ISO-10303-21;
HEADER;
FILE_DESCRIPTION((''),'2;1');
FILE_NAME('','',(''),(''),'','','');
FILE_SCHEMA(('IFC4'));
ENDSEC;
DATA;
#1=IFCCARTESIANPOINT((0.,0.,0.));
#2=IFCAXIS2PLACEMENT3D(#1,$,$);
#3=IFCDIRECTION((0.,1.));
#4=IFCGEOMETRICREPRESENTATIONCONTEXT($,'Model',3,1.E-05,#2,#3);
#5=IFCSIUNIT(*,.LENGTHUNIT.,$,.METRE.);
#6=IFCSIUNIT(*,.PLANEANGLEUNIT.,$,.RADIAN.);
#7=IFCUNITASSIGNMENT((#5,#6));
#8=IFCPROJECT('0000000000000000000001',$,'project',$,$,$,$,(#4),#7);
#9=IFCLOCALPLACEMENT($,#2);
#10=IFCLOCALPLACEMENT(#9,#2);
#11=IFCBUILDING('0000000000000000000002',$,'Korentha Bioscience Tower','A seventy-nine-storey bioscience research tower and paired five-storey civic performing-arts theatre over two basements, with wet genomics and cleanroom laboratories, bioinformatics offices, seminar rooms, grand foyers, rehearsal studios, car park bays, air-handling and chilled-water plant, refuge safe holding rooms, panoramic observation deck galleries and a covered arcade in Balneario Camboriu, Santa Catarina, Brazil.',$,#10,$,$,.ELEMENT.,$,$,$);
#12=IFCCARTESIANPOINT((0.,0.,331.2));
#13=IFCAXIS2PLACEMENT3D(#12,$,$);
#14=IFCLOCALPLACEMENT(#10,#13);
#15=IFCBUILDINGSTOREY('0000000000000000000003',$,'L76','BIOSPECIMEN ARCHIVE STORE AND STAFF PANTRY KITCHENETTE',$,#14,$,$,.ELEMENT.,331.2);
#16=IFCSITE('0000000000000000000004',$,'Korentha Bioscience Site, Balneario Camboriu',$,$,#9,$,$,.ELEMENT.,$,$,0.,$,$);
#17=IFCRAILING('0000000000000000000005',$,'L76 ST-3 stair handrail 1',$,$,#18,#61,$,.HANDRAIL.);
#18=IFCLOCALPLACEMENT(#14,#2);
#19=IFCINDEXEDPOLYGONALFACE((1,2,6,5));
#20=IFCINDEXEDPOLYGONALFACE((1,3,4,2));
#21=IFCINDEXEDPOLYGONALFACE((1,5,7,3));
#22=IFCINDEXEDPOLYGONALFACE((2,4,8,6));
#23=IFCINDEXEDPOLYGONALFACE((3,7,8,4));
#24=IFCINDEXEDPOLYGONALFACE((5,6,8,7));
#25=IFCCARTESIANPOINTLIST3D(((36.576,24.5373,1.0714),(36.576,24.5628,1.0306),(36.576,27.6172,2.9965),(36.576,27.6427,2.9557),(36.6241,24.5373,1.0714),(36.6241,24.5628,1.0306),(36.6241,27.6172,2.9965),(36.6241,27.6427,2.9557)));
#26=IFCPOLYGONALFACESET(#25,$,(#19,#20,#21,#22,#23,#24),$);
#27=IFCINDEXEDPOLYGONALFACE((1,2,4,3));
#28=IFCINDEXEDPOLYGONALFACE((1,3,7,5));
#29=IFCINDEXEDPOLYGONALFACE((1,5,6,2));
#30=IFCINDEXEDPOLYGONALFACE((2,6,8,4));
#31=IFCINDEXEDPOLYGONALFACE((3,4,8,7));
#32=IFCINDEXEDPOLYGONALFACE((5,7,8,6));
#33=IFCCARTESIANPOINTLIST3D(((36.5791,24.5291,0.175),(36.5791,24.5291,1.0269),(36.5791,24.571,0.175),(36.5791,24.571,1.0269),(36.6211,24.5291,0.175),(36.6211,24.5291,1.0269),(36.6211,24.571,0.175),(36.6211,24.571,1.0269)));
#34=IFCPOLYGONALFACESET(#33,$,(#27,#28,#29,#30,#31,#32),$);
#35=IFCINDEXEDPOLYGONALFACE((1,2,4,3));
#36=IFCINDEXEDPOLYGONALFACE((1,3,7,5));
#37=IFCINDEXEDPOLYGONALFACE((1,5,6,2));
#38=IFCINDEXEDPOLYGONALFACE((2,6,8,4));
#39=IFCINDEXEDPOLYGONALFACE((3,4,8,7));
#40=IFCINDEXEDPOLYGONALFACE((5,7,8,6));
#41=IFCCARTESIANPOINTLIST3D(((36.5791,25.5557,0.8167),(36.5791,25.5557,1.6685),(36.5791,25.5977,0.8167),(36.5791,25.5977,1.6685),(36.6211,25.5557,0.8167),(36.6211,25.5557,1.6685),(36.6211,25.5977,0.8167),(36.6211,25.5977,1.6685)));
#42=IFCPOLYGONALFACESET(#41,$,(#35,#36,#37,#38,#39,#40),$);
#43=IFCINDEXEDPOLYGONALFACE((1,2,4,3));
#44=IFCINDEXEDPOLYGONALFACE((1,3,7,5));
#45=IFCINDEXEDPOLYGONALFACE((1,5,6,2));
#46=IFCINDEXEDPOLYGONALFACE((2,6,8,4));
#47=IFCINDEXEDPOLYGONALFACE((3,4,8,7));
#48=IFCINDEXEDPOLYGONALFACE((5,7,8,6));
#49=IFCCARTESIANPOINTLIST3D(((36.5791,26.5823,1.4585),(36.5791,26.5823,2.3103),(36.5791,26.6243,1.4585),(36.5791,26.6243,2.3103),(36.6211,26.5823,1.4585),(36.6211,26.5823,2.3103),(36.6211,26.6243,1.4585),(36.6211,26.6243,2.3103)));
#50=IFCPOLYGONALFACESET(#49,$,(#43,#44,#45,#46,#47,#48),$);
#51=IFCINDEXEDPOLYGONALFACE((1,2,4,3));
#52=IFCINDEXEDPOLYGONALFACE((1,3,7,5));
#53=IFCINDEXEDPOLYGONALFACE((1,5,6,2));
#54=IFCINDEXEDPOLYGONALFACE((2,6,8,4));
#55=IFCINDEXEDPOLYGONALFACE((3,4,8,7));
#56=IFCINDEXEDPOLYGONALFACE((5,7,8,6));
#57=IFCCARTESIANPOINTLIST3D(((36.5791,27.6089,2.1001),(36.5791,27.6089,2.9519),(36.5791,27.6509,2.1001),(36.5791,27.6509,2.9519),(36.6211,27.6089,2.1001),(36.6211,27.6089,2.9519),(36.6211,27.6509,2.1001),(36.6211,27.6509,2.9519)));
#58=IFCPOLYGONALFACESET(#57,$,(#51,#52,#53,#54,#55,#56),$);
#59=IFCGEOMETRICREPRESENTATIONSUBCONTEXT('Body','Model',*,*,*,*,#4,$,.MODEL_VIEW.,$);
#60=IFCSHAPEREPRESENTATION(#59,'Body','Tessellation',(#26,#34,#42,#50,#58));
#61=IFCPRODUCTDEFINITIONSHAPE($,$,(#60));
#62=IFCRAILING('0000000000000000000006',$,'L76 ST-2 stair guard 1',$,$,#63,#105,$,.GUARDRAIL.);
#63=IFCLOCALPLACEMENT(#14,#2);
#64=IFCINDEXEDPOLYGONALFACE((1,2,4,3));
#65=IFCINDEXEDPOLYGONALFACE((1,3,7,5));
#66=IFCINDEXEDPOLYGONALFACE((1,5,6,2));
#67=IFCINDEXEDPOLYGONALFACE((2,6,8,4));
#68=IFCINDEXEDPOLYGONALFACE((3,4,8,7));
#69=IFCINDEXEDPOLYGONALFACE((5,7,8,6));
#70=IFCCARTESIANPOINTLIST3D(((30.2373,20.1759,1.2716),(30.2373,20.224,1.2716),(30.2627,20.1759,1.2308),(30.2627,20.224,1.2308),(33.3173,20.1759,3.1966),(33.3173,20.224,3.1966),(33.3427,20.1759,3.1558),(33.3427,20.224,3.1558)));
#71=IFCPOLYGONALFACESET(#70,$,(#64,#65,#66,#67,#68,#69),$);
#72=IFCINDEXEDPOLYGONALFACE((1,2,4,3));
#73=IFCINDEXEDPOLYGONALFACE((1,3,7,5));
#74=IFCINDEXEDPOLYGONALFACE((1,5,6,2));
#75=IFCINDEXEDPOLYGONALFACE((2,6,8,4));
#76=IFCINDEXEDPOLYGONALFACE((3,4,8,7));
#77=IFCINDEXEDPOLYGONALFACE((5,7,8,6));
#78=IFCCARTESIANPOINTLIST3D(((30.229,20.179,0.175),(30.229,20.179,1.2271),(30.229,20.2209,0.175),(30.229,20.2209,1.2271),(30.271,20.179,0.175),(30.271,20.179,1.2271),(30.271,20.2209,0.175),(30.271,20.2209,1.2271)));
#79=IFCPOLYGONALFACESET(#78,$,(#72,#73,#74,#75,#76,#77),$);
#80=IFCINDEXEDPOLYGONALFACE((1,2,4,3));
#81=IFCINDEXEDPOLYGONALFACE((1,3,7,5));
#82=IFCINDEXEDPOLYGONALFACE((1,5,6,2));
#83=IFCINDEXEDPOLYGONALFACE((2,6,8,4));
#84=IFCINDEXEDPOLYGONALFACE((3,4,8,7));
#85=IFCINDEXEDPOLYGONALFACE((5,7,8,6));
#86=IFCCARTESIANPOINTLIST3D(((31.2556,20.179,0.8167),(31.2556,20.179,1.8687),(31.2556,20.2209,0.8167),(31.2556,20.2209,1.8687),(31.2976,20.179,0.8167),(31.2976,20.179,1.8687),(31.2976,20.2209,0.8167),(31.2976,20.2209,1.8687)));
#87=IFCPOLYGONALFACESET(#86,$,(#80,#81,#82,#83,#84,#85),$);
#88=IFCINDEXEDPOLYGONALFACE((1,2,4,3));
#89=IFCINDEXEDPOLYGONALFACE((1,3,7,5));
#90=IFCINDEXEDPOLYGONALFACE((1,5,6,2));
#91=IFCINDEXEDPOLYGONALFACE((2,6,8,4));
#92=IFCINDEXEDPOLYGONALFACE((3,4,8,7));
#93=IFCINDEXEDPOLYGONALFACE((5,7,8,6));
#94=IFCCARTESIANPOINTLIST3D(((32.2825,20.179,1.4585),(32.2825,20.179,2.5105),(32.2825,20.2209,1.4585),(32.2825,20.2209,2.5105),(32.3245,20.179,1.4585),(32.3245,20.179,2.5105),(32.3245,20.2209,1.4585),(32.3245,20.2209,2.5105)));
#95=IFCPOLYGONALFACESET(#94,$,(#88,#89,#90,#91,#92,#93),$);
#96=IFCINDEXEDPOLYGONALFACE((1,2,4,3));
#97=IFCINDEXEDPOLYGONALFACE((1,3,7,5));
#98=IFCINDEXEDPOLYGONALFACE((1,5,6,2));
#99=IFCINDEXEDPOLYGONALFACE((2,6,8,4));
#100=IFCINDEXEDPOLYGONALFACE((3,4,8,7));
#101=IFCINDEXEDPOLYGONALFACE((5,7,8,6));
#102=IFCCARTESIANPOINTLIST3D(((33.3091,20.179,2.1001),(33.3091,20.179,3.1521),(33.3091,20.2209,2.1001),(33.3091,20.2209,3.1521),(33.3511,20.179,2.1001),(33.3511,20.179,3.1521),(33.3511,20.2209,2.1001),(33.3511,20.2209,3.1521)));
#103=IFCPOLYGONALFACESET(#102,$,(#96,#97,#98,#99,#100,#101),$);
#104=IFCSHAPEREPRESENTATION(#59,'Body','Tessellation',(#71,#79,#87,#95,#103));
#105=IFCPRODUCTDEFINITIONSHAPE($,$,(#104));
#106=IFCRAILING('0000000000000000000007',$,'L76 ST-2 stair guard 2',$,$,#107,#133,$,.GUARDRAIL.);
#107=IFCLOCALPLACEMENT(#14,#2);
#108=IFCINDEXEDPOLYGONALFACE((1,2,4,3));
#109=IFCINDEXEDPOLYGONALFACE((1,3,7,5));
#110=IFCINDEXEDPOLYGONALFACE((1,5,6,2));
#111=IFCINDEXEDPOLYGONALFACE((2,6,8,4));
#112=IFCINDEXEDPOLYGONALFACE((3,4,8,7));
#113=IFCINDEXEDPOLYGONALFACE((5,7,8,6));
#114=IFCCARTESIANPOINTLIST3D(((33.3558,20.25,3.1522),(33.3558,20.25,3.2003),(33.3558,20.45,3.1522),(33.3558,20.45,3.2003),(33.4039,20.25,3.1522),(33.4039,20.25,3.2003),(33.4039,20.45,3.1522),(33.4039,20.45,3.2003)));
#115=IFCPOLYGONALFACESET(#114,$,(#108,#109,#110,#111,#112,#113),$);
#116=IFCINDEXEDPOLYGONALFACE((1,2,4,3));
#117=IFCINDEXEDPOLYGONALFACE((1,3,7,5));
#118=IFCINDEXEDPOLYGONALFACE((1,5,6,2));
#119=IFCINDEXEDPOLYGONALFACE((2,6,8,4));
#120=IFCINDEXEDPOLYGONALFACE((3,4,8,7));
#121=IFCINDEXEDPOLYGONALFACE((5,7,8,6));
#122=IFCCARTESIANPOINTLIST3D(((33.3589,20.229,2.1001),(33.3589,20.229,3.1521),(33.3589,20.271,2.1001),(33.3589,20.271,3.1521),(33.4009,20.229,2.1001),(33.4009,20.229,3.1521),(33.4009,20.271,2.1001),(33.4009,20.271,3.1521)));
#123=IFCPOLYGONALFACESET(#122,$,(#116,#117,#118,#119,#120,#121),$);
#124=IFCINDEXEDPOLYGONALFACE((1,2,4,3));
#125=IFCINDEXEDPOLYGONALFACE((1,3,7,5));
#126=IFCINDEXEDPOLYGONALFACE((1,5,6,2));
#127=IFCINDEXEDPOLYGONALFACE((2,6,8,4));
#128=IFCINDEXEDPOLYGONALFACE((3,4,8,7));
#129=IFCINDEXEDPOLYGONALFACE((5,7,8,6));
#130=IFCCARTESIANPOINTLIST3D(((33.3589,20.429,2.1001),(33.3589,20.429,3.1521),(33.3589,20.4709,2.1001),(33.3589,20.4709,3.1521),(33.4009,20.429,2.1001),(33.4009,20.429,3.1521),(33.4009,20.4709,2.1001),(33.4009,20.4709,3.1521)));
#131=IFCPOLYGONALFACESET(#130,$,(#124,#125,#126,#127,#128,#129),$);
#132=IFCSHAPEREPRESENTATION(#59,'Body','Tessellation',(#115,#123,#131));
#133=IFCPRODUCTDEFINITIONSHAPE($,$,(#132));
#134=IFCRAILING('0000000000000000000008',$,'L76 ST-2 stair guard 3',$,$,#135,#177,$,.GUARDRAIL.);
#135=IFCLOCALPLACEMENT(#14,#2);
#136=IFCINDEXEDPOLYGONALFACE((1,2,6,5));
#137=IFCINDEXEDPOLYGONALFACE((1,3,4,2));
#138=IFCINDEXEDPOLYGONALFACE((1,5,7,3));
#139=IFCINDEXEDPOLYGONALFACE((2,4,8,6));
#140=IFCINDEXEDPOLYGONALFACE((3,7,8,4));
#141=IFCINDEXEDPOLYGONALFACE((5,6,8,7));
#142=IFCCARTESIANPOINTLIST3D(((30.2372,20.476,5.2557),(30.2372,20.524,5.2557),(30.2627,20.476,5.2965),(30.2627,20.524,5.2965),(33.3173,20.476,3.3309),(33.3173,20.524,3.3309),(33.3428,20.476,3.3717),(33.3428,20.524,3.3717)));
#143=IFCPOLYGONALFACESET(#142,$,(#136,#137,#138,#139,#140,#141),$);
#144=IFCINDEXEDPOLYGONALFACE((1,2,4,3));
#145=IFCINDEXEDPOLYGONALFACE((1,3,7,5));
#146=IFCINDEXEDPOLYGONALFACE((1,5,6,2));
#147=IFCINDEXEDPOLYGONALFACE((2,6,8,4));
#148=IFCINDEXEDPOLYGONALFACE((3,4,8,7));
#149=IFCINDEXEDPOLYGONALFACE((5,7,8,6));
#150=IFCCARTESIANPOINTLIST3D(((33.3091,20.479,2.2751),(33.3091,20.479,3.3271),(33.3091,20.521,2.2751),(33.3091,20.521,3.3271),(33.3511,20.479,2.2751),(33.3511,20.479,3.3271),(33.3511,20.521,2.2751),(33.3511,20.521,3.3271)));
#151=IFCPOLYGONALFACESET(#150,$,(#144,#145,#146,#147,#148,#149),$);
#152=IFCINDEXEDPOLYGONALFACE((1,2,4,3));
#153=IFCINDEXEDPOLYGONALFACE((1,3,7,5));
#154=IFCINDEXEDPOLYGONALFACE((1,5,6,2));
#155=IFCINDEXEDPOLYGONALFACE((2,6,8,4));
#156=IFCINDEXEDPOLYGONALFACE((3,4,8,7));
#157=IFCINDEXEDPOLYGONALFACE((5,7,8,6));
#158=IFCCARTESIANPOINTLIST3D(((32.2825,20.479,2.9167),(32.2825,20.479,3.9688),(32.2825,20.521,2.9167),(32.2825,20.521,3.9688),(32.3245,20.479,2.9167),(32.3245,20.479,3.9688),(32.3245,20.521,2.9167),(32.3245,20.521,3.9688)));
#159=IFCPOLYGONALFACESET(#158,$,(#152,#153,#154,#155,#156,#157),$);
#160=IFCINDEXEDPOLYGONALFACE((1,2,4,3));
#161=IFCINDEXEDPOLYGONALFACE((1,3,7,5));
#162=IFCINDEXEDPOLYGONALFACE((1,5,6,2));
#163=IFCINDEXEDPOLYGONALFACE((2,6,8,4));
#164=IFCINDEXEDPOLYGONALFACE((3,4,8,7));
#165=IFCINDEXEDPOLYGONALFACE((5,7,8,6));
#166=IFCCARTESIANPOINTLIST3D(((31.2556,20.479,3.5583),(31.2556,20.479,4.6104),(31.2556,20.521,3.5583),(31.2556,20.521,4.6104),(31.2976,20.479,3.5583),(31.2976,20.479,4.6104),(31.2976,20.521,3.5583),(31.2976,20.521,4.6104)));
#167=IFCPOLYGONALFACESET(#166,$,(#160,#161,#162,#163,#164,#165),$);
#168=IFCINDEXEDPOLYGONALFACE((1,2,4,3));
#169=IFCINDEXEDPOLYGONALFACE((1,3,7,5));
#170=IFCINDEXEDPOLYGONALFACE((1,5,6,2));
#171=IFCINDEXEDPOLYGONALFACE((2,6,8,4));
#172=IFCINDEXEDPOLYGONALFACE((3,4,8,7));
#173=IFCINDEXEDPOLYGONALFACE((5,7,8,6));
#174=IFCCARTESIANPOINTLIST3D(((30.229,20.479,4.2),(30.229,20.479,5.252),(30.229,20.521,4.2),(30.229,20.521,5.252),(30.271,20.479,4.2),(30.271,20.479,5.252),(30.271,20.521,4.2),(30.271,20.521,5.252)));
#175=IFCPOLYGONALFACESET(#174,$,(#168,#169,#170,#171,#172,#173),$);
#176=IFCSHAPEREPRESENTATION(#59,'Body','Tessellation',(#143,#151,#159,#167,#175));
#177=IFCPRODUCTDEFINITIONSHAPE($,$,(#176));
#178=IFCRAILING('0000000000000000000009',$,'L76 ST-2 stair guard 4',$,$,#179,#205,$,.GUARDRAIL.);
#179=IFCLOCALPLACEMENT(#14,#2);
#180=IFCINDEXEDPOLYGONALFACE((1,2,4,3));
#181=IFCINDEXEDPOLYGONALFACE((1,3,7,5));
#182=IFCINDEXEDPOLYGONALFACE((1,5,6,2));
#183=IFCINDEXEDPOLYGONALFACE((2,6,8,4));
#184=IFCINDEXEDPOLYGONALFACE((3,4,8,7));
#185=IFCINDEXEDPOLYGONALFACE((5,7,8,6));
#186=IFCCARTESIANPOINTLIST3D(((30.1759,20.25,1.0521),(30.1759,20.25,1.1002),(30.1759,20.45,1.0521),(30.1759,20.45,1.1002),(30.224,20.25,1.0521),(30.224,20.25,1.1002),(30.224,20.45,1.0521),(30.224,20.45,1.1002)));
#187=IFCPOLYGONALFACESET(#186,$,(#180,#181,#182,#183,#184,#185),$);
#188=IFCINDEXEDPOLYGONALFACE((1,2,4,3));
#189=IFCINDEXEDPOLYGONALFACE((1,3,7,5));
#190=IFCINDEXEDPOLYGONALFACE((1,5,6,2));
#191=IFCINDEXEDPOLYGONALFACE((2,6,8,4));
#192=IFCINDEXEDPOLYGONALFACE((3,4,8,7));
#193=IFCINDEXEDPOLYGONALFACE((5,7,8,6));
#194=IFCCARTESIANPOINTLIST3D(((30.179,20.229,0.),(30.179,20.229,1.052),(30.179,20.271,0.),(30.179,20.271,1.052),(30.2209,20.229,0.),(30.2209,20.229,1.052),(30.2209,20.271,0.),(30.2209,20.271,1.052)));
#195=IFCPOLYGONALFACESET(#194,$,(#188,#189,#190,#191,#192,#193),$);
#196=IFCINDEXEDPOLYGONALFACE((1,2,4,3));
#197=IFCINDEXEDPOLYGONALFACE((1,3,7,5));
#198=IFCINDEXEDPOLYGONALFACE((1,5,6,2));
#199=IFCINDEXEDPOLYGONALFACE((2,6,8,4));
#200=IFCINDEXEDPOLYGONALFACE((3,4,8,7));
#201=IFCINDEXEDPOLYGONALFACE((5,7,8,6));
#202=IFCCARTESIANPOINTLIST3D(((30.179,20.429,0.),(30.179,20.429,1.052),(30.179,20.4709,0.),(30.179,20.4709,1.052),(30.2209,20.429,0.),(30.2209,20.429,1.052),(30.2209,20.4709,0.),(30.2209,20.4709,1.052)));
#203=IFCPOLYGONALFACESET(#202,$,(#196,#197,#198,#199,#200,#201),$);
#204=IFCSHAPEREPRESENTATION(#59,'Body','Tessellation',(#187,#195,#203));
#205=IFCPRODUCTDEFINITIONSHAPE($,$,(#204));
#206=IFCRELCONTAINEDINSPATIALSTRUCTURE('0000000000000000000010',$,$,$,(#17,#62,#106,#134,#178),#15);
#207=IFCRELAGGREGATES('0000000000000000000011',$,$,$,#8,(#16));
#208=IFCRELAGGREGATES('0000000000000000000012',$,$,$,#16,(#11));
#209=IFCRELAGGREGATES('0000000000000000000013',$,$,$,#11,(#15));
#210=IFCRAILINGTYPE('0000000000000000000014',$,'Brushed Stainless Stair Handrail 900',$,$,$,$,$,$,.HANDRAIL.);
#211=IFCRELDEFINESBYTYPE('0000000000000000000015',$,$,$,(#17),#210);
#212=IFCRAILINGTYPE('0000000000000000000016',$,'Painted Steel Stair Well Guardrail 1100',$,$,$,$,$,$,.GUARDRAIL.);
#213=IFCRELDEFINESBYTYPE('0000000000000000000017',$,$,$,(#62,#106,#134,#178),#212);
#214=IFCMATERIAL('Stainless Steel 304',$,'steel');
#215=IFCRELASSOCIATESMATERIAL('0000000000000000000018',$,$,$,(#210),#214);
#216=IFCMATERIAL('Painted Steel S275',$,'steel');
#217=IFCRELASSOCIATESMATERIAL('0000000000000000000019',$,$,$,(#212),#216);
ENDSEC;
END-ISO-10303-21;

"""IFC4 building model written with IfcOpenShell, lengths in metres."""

from ifc_helpers import new_model, si_unit, direction, frame, origin, origin_2d, place, context, subcontext, project, spatial, rectangle, extrude, material, type_object, element, save


model = new_model("IFC4")

# Units and contexts
model_context = context("Model", 3, precision=1e-05, world=origin(), true_north=direction((0.0, 1.0)))
body_context = subcontext(model_context, "Body", "Model", "MODEL_VIEW")
ifc_project = project(units=[si_unit("LENGTHUNIT", "METRE"), si_unit("PLANEANGLEUNIT", "RADIAN")], contexts=[model_context])

# Site, building, storey
site_placement = place(None, origin())
site = spatial("IfcSite", under=ifc_project, at=site_placement, Name="Korentha Bioscience Site, Balneario Camboriu", CompositionType="ELEMENT", RefElevation=0.0)
building_placement = place(site_placement, origin())
building = spatial("IfcBuilding", under=site, at=building_placement, Name="Korentha Bioscience Tower", Description="A seventy-nine-storey bioscience research tower and paired five-storey civic performing-arts theatre over two basements, with wet genomics and cleanroom laboratories, bioinformatics offices, seminar rooms, grand foyers, rehearsal studios, car park bays, air-handling and chilled-water plant, refuge safe holding rooms, panoramic observation deck galleries and a covered arcade in Balneario Camboriu, Santa Catarina, Brazil.", CompositionType="ELEMENT")
storey_placement = place(building_placement, frame((0.0, 0.0, 331.2)))
storey = spatial("IfcBuildingStorey", under=building, at=storey_placement, Name="L76", Description="BIOSPECIMEN ARCHIVE STORE AND STAFF PANTRY KITCHENETTE", CompositionType="ELEMENT", Elevation=331.2)

# Railings
ifc_material_1 = material(Name="Stainless Steel 304", Category="steel")
railing_type_1 = type_object("IfcRailingType", Name="Brushed Stainless Stair Handrail 900", PredefinedType="HANDRAIL", material=ifc_material_1)
railing_1_placement = place(storey_placement, frame((36.6001, 24.55, 0.175)))
element("IfcRailing", 1, at=railing_1_placement, inside=storey, type_object=railing_type_1, Name="L76 ST-3 stair handrail 1", PredefinedType="HANDRAIL", context=body_context, shape_type="SweptSolid", body=[
    extrude(rectangle(XDim=0.0481, YDim=0.0481, at=origin_2d()), frame((0.0, 0.0, 0.876), z_axis=(0.0, 0.847979, 0.530029), x_axis=(-1.0, 0.0, 0.0)), (0.0, 0.0, 1.0), 3.6321),
    extrude(rectangle(XDim=0.042, YDim=0.042, at=origin_2d()), origin(), (0.0, 0.0, 1.0), 0.8518),
    extrude(rectangle(XDim=0.042, YDim=0.042, at=origin_2d()), frame((0.0, 1.0266, 0.6416)), (0.0, 0.0, 1.0), 0.8518),
    extrude(rectangle(XDim=0.042, YDim=0.042, at=origin_2d()), frame((0.0, 2.0532, 1.2834)), (0.0, 0.0, 1.0), 0.8518),
    extrude(rectangle(XDim=0.042, YDim=0.042, at=origin_2d()), frame((0.0, 3.0798, 1.925)), (0.0, 0.0, 1.0), 0.8518),
])
ifc_material_2 = material(Name="Painted Steel S275", Category="steel")
railing_type_2 = type_object("IfcRailingType", Name="Painted Steel Stair Well Guardrail 1100", PredefinedType="GUARDRAIL", material=ifc_material_2)
railing_2_placement = place(storey_placement, frame((30.25, 20.2, 0.175)))
element("IfcRailing", 2, at=railing_2_placement, inside=storey, type_object=railing_type_2, Name="L76 ST-2 stair guard 1", PredefinedType="GUARDRAIL", context=body_context, shape_type="SweptSolid", body=[
    extrude(rectangle(XDim=0.0481, YDim=0.0481, at=origin_2d()), frame((0.0, 0.0, 1.0762), z_axis=(0.847998, 0.0, 0.529999), x_axis=(0.0, 1.0, 0.0)), (0.0, 0.0, 1.0), 3.6321),
    extrude(rectangle(XDim=0.042, YDim=0.042, at=origin_2d()), origin(), (0.0, 0.0, 1.0), 1.052),
    extrude(rectangle(XDim=0.042, YDim=0.042, at=origin_2d()), frame((1.0266, 0.0, 0.6416)), (0.0, 0.0, 1.0), 1.052),
    extrude(rectangle(XDim=0.042, YDim=0.042, at=origin_2d()), frame((2.0535, 0.0, 1.2834)), (0.0, 0.0, 1.0), 1.052),
    extrude(rectangle(XDim=0.042, YDim=0.042, at=origin_2d()), frame((3.0801, 0.0, 1.925)), (0.0, 0.0, 1.0), 1.052),
])
railing_3_placement = place(storey_placement, frame((33.3799, 20.25, 2.1001)))
element("IfcRailing", 3, at=railing_3_placement, inside=storey, type_object=railing_type_2, Name="L76 ST-2 stair guard 2", PredefinedType="GUARDRAIL", context=body_context, shape_type="SweptSolid", body=[
    extrude(rectangle(XDim=0.0481, YDim=0.0481, at=origin_2d()), frame((0.0, 0.0, 1.0762), z_axis=(0.0, 1.0, 0.0), x_axis=(-1.0, 0.0, 0.0)), (0.0, 0.0, 1.0), 0.2),
    extrude(rectangle(XDim=0.042, YDim=0.042, at=origin_2d()), origin(), (0.0, 0.0, 1.0), 1.052),
    extrude(rectangle(XDim=0.042, YDim=0.042, at=origin_2d()), frame((0.0, 0.2, 0.0)), (0.0, 0.0, 1.0), 1.052),
])
railing_4_placement = place(storey_placement, frame((33.3301, 20.5, 2.2751)))
element("IfcRailing", 4, at=railing_4_placement, inside=storey, type_object=railing_type_2, Name="L76 ST-2 stair guard 3", PredefinedType="GUARDRAIL", context=body_context, shape_type="SweptSolid", body=[
    extrude(rectangle(XDim=0.0481, YDim=0.0481, at=origin_2d()), frame((0.0, 0.0, 1.0762), z_axis=(-0.848029, 0.0, 0.529951), x_axis=(0.0, -1.0, 0.0)), (0.0, 0.0, 1.0), 3.6321),
    extrude(rectangle(XDim=0.042, YDim=0.042, at=origin_2d()), origin(), (0.0, 0.0, 1.0), 1.052),
    extrude(rectangle(XDim=0.042, YDim=0.042, at=origin_2d()), frame((-1.0266, 0.0, 0.6416)), (0.0, 0.0, 1.0), 1.052),
    extrude(rectangle(XDim=0.042, YDim=0.042, at=origin_2d()), frame((-2.0535, 0.0, 1.2832)), (0.0, 0.0, 1.0), 1.052),
    extrude(rectangle(XDim=0.042, YDim=0.042, at=origin_2d()), frame((-3.0801, 0.0, 1.9248)), (0.0, 0.0, 1.0), 1.052),
])
railing_5_placement = place(storey_placement, frame((30.2, 20.25, 0.0)))
element("IfcRailing", 5, at=railing_5_placement, inside=storey, type_object=railing_type_2, Name="L76 ST-2 stair guard 4", PredefinedType="GUARDRAIL", context=body_context, shape_type="SweptSolid", body=[
    extrude(rectangle(XDim=0.0481, YDim=0.0481, at=origin_2d()), frame((0.0, 0.0, 1.0762), z_axis=(0.0, 1.0, 0.0), x_axis=(-1.0, 0.0, 0.0)), (0.0, 0.0, 1.0), 0.2),
    extrude(rectangle(XDim=0.042, YDim=0.042, at=origin_2d()), origin(), (0.0, 0.0, 1.0), 1.052),
    extrude(rectangle(XDim=0.042, YDim=0.042, at=origin_2d()), frame((0.0, 0.2, 0.0)), (0.0, 0.0, 1.0), 1.052),
])

save(model, "model.ifc")
